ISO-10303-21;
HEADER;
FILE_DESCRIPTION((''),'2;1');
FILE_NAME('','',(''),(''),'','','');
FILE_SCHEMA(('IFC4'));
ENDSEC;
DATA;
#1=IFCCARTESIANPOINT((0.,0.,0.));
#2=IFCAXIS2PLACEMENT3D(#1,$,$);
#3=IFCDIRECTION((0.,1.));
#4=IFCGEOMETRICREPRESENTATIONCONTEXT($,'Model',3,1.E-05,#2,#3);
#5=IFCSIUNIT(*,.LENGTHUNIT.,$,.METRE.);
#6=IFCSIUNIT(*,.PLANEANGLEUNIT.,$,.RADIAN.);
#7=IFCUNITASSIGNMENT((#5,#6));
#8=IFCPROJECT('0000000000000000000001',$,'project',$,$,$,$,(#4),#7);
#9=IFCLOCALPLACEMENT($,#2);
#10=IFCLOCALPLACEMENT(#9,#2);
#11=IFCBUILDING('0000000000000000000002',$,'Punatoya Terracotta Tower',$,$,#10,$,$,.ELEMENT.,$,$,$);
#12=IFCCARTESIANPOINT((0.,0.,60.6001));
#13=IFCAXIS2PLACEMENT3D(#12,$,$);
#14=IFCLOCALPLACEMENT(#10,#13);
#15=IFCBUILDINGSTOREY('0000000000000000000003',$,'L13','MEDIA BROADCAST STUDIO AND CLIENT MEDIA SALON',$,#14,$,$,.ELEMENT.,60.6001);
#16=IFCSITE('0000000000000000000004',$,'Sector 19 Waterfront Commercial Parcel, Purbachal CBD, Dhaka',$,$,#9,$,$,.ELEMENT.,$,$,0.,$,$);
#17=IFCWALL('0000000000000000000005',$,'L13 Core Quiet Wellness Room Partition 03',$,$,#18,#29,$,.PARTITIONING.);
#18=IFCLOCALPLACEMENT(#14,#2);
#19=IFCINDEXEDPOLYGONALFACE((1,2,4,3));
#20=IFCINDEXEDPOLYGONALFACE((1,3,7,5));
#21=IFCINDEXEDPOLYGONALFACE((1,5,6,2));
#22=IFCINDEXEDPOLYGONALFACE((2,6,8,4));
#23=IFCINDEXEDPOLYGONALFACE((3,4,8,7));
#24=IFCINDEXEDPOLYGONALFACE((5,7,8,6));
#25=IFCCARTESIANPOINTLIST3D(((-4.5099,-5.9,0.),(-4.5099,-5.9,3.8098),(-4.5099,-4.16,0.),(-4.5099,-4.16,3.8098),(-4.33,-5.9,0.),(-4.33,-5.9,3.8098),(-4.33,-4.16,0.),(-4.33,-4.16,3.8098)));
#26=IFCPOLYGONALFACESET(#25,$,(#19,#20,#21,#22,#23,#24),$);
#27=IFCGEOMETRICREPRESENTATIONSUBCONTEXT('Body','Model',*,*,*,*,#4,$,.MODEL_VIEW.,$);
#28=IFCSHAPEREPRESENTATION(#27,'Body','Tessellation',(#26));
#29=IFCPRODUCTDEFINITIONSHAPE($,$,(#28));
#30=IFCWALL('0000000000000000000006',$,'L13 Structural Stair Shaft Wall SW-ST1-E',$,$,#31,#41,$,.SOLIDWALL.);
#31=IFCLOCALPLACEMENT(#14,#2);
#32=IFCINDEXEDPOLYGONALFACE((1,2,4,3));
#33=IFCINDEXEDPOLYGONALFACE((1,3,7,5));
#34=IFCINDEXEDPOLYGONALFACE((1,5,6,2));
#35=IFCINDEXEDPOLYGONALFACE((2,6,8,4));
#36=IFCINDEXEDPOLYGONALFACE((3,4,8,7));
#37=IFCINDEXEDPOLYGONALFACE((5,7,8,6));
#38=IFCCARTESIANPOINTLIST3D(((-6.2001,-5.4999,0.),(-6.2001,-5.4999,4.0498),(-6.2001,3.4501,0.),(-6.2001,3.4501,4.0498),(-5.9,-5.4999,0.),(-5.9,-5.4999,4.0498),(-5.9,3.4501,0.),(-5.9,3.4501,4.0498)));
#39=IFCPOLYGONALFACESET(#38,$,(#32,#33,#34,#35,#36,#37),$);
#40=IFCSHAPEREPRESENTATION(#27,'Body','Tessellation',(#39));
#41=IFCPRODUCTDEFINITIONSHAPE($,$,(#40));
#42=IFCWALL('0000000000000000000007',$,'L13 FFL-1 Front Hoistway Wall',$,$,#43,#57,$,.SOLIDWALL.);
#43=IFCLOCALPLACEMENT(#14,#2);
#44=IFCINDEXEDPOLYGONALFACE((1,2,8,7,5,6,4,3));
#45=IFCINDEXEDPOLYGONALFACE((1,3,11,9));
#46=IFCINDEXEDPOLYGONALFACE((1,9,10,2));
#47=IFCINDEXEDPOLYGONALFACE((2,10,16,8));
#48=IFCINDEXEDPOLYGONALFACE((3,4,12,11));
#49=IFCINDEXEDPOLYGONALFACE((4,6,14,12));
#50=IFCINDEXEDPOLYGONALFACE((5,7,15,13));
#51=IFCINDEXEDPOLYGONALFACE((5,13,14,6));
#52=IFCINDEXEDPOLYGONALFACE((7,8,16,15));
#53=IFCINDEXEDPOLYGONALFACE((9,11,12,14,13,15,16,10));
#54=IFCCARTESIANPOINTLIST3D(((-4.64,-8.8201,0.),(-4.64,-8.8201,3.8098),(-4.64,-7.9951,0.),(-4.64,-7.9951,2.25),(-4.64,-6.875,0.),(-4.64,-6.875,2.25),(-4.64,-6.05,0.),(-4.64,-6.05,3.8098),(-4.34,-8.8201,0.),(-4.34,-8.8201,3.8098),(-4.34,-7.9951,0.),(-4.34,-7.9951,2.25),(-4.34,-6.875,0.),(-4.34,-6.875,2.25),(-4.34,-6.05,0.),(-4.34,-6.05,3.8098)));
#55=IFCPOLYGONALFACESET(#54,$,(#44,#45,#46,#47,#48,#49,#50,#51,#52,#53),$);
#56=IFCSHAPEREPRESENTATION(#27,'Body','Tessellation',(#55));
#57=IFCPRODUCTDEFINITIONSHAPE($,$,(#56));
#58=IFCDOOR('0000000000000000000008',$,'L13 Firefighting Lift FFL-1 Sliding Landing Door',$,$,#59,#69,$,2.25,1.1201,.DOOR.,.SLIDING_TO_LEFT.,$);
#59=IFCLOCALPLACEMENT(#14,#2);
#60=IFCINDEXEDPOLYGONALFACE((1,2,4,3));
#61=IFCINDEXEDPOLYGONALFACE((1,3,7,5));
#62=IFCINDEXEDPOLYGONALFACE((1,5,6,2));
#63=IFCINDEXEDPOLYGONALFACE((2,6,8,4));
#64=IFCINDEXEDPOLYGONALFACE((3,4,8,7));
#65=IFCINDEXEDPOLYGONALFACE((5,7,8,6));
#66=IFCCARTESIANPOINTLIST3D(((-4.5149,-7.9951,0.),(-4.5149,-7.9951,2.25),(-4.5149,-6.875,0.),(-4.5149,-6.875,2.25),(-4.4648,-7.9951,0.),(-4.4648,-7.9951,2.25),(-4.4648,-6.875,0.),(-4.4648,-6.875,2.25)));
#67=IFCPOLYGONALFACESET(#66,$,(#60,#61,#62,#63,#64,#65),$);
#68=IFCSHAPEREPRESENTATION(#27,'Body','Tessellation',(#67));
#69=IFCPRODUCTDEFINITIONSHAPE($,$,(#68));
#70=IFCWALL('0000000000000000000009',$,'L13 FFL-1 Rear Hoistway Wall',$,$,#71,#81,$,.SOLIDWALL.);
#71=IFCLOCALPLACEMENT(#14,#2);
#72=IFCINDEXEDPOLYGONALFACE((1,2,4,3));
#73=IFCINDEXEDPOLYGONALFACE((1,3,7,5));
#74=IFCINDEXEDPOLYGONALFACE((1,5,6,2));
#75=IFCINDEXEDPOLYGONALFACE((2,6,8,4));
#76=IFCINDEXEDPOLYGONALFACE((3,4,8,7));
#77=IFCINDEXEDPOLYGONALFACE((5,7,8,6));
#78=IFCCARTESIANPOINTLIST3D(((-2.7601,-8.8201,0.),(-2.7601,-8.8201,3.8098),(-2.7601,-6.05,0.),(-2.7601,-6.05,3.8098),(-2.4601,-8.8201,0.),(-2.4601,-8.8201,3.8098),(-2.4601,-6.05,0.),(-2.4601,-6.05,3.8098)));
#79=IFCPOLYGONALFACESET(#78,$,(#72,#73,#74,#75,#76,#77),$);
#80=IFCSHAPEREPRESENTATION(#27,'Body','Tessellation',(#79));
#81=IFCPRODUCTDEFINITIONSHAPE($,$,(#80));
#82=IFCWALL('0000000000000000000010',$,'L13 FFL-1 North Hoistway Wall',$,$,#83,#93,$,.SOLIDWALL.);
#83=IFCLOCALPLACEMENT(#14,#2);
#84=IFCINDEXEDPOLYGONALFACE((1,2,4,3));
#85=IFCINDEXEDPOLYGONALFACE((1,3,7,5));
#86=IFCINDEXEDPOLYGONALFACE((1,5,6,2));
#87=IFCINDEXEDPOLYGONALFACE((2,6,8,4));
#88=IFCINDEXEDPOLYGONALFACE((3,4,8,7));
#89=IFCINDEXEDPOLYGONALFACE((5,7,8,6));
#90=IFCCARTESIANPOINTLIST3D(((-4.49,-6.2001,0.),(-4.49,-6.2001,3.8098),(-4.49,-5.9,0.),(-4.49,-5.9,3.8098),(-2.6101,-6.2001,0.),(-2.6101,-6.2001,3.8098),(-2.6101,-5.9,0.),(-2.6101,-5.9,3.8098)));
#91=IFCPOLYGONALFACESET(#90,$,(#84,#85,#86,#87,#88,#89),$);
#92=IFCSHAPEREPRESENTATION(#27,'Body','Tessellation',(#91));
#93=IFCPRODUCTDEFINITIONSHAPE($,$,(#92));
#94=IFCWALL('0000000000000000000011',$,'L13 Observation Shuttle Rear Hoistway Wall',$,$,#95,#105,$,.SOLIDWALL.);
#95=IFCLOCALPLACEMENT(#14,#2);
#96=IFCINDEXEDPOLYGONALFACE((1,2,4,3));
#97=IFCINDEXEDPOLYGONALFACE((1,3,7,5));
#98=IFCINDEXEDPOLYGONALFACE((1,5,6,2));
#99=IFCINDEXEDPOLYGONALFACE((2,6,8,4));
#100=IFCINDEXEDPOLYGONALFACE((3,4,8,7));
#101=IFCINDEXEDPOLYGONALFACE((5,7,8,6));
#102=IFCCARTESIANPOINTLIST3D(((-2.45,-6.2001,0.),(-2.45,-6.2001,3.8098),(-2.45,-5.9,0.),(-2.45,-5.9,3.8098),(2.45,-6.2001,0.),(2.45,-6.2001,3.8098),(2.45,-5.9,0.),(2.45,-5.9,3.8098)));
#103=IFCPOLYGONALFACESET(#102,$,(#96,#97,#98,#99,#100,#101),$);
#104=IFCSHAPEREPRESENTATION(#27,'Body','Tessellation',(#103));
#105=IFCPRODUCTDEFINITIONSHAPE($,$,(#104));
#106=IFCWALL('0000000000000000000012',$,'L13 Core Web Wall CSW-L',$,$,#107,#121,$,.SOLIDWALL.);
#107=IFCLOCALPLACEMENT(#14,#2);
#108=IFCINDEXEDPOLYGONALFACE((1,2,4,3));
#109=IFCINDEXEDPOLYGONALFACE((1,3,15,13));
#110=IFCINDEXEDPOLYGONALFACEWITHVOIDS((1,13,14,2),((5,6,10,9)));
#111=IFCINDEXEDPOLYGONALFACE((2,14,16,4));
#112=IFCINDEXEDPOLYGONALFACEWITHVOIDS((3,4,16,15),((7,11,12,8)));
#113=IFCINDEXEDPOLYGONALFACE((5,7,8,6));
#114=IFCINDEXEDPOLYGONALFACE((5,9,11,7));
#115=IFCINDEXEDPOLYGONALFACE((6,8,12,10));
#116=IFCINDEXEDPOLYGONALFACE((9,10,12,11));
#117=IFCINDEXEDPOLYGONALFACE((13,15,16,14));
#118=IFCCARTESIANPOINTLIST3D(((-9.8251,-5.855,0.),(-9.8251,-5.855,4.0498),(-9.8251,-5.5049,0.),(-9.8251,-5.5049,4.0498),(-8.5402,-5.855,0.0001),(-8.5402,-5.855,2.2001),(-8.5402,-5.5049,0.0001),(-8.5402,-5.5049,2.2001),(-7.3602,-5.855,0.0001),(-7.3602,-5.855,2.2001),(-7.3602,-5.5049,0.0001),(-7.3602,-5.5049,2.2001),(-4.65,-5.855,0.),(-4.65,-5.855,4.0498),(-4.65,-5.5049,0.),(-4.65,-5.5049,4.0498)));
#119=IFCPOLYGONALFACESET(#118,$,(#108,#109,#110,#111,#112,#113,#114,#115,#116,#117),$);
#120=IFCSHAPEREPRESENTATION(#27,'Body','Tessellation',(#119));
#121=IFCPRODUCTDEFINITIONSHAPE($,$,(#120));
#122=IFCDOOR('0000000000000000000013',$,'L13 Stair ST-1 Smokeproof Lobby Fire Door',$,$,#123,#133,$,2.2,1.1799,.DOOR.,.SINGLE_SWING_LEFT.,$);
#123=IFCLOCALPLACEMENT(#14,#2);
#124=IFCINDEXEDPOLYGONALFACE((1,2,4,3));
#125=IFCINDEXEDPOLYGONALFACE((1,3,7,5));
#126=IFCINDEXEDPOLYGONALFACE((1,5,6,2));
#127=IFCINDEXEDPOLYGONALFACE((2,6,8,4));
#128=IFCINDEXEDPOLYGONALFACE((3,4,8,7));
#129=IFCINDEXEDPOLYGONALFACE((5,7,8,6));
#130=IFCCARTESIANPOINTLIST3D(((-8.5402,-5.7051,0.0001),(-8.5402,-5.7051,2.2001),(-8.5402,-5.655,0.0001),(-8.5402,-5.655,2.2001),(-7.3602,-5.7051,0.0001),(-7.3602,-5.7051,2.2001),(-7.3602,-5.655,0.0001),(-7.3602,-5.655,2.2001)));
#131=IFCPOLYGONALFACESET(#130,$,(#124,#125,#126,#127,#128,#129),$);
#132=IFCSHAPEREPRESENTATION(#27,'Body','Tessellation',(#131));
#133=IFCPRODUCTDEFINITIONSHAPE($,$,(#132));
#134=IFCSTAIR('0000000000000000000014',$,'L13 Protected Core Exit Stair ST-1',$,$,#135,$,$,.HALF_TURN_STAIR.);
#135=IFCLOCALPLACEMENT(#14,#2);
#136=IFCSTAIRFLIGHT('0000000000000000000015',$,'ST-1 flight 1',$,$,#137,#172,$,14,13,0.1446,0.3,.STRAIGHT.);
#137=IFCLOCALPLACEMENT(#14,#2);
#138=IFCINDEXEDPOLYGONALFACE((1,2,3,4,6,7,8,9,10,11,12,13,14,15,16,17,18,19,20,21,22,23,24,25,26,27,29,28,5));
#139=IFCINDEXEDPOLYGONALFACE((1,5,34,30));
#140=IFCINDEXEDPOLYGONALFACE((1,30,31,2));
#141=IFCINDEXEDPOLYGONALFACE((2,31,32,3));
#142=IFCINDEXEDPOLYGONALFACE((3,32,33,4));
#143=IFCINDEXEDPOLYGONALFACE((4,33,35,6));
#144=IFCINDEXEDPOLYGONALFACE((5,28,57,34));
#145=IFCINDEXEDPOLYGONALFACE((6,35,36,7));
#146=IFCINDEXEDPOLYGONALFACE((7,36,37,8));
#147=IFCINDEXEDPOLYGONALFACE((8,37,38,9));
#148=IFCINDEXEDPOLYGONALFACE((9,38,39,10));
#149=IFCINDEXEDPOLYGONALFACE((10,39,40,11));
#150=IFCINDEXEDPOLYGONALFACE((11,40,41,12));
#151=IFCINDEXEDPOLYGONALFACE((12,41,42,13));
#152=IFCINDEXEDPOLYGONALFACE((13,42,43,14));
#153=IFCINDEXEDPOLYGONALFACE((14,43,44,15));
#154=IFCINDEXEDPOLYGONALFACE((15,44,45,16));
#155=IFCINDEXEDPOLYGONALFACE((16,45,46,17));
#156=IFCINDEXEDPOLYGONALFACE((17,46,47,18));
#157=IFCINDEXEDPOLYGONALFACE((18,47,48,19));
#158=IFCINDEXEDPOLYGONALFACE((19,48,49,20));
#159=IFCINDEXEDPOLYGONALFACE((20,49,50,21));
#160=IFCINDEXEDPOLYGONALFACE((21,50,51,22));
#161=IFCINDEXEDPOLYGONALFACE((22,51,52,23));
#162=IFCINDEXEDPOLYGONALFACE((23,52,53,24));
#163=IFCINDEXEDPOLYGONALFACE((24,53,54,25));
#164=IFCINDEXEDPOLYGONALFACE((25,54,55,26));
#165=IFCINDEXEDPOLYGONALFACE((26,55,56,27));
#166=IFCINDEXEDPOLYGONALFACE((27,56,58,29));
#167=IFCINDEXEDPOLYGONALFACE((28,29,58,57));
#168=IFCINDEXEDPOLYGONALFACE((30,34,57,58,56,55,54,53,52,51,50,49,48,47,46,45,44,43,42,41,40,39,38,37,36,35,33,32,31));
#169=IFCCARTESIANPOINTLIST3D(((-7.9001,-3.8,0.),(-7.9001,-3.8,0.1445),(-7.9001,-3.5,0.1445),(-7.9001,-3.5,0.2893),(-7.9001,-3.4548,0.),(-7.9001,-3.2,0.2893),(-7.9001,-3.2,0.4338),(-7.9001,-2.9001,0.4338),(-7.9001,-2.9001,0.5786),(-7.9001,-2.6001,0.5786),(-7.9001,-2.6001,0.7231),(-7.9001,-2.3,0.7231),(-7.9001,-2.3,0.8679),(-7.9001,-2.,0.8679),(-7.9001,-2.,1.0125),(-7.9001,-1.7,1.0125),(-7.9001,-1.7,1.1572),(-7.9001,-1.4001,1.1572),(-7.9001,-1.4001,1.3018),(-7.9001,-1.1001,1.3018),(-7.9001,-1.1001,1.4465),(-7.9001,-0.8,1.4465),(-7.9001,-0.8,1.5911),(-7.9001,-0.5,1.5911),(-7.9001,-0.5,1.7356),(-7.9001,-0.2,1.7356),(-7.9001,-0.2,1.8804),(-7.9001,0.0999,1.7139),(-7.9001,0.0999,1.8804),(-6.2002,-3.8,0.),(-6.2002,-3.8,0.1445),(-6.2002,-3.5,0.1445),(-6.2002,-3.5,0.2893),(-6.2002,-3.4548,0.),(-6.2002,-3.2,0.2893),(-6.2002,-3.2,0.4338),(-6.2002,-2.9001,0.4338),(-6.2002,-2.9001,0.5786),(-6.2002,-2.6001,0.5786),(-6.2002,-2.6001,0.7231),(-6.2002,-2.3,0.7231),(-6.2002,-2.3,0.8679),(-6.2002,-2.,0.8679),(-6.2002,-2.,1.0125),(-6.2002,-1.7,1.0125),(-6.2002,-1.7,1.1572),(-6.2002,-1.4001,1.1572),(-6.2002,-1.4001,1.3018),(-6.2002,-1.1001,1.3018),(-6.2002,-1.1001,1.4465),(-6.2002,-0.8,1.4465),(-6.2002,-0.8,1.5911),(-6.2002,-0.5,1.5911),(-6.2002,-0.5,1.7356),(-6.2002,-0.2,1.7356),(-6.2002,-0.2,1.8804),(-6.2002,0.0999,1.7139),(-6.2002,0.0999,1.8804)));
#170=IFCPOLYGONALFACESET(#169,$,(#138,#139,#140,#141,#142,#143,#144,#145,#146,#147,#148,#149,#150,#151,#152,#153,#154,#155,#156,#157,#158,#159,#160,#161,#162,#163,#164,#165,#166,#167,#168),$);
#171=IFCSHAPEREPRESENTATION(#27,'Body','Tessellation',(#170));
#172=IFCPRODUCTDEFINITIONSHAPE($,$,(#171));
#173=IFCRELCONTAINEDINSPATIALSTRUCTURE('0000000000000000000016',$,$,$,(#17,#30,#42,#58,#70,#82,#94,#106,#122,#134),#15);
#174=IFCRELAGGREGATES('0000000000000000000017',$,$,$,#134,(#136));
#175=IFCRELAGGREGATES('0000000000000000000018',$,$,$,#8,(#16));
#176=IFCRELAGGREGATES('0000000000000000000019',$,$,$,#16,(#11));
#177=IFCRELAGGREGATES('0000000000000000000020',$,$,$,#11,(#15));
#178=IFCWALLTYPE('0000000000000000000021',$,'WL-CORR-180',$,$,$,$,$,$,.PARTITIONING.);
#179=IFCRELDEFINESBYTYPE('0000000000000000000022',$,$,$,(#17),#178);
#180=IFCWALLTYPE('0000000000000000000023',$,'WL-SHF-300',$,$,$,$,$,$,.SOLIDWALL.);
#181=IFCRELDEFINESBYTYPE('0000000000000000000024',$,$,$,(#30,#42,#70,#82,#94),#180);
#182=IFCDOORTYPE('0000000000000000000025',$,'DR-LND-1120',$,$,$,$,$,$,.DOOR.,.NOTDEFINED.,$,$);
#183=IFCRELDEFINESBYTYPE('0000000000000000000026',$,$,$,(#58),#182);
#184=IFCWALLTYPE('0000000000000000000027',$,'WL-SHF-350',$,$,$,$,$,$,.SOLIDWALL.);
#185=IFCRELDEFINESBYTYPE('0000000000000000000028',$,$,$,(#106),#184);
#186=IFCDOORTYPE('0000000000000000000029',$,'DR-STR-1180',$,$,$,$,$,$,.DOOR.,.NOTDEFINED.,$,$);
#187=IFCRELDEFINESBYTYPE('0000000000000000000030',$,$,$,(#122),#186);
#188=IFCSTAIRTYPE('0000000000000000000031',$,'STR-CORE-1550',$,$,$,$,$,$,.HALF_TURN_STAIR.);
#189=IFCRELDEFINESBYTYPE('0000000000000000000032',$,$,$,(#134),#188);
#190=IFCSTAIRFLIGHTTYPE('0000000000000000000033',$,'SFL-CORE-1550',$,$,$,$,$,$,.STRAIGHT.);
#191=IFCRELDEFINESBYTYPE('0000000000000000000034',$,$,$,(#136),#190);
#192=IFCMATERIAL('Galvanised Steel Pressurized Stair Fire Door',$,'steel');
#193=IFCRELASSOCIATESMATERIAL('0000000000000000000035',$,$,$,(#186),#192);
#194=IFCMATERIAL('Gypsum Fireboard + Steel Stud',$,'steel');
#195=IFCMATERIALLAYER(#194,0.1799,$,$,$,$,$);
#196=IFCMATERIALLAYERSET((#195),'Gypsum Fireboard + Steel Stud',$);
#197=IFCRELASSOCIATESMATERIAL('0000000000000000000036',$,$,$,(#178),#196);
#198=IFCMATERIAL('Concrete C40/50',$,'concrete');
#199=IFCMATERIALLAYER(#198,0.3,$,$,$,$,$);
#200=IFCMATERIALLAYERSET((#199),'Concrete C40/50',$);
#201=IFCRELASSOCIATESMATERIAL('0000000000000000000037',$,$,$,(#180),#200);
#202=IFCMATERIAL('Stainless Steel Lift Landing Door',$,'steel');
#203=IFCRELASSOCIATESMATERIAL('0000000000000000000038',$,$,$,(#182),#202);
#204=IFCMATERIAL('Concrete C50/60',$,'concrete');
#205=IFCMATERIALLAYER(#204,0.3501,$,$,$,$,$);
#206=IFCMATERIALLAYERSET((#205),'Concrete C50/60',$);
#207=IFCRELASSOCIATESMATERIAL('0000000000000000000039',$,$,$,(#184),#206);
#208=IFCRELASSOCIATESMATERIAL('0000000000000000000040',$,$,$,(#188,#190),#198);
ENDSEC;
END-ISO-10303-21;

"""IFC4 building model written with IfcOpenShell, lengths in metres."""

from ifc_helpers import new_model, si_unit, direction, frame, frame_2d, origin, place, context, subcontext, project, spatial, polyline, rectangle, outline, extrude, material, layer, layer_set, type_object, element, fill, aggregate, save


model = new_model("IFC4")

# Units and contexts
model_context = context("Model", 3, precision=1e-05, world=origin(), true_north=direction((0.0, 1.0)))
body_context = subcontext(model_context, "Body", "Model", "MODEL_VIEW")
ifc_project = project(units=[si_unit("LENGTHUNIT", "METRE"), si_unit("PLANEANGLEUNIT", "RADIAN")], contexts=[model_context])

# Site, building, storey
site_placement = place(None, origin())
site = spatial("IfcSite", under=ifc_project, at=site_placement, Name="Sector 19 Waterfront Commercial Parcel, Purbachal CBD, Dhaka", CompositionType="ELEMENT", RefElevation=0.0)
building_placement = place(site_placement, origin())
building = spatial("IfcBuilding", under=site, at=building_placement, Name="Punatoya Terracotta Tower", CompositionType="ELEMENT")
storey_placement = place(building_placement, frame((0.0, 0.0, 60.6001)))
storey = spatial("IfcBuildingStorey", under=building, at=storey_placement, Name="L13", Description="MEDIA BROADCAST STUDIO AND CLIENT MEDIA SALON", CompositionType="ELEMENT", Elevation=60.6001)

# Shared definitions
ifc_material_1 = material(Name="Galvanised Steel Pressurized Stair Fire Door", Category="steel")
door_type_1 = type_object("IfcDoorType", Name="DR-STR-1180", OperationType="NOTDEFINED", PredefinedType="DOOR", material=ifc_material_1)

# Shared definitions
ifc_material_2 = material(Name="Gypsum Fireboard + Steel Stud", Category="steel")
ifc_layer_1 = layer(ifc_material_2, 0.1799)
ifc_layer_set_1 = layer_set([ifc_layer_1], Name="Gypsum Fireboard + Steel Stud")
wall_type_1 = type_object("IfcWallType", Name="WL-CORR-180", PredefinedType="PARTITIONING", material=ifc_layer_set_1)

# Walls
wall_1_placement = place(storey_placement, frame((-4.4199, -4.1599, 0.0), z_axis=(0.0, 0.0, 1.0), x_axis=(0.0, -1.0, 0.0)))
element("IfcWall", 1, at=wall_1_placement, inside=storey, type_object=wall_type_1, Name="L13 Core Quiet Wellness Room Partition 03", PredefinedType="PARTITIONING", context=body_context, shape_type="SweptSolid", body=[
    extrude(rectangle(XDim=1.74, YDim=0.1799, at=frame_2d((0.8701, 0.0))), origin(), (0.0, 0.0, 1.0), 3.8098),
])
ifc_material_3 = material(Name="Concrete C40/50", Category="concrete")
ifc_layer_2 = layer(ifc_material_3, 0.3)
ifc_layer_set_2 = layer_set([ifc_layer_2], Name="Concrete C40/50")
wall_type_2 = type_object("IfcWallType", Name="WL-SHF-300", PredefinedType="SOLIDWALL", material=ifc_layer_set_2)
wall_2_placement = place(storey_placement, frame((-6.05, -5.5, 0.0), z_axis=(0.0, 0.0, 1.0), x_axis=(0.0, 1.0, 0.0)))
element("IfcWall", 2, at=wall_2_placement, inside=storey, type_object=wall_type_2, Name="L13 Structural Stair Shaft Wall SW-ST1-E", PredefinedType="SOLIDWALL", context=body_context, shape_type="SweptSolid", body=[
    extrude(rectangle(XDim=8.95, YDim=0.3, at=frame_2d((4.4751, 0.0))), origin(), (0.0, 0.0, 1.0), 4.0498),
])

# Wall, opening, door
wall_3_placement = place(storey_placement, frame((-4.49, -8.8201, 0.0), z_axis=(0.0, 0.0, 1.0), x_axis=(0.0, 1.0, 0.0)))
wall_3 = element("IfcWall", 3, at=wall_3_placement, inside=storey, type_object=wall_type_2, Name="L13 FFL-1 Front Hoistway Wall", PredefinedType="SOLIDWALL", context=body_context, shape_type="SweptSolid", body=[
    extrude(rectangle(XDim=2.77, YDim=0.3, at=frame_2d((1.385, 0.0))), origin(), (0.0, 0.0, 1.0), 3.8098),
])
opening_1_placement = place(wall_3_placement, frame((0.825, 0.0, 0.0)))
opening_1 = element("IfcOpeningElement", 4, at=opening_1_placement, cuts=wall_3, PredefinedType="OPENING", context=body_context, shape_type="SweptSolid", body=[
    extrude(rectangle(XDim=1.1201, YDim=2.25, at=frame_2d((0.5601, 1.125))), frame((0.0, 0.1599, 0.0), z_axis=(0.0, -1.0, 0.0), x_axis=(1.0, 0.0, 0.0)), (0.0, 0.0, 1.0), 0.3201),
])
ifc_material_4 = material(Name="Stainless Steel Lift Landing Door", Category="steel")
door_type_2 = type_object("IfcDoorType", Name="DR-LND-1120", OperationType="NOTDEFINED", PredefinedType="DOOR", material=ifc_material_4)
door_1_placement = place(opening_1_placement, origin())
door_1 = element("IfcDoor", 5, at=door_1_placement, inside=storey, type_object=door_type_2, Name="L13 Firefighting Lift FFL-1 Sliding Landing Door", OperationType="SLIDING_TO_LEFT", OverallHeight=2.25, OverallWidth=1.1201, PredefinedType="DOOR", context=body_context, shape_type="SweptSolid", body=[
    extrude(rectangle(XDim=1.1201, YDim=2.25, at=frame_2d((0.5601, 1.125))), frame((0.0, 0.0249, 0.0), z_axis=(0.0, -1.0, 0.0), x_axis=(1.0, 0.0, 0.0)), (0.0, 0.0, 1.0), 0.05),
])
fill(opening_1, door_1)

# Walls
wall_4_placement = place(storey_placement, frame((-2.6101, -8.8201, 0.0), z_axis=(0.0, 0.0, 1.0), x_axis=(0.0, 1.0, 0.0)))
element("IfcWall", 6, at=wall_4_placement, inside=storey, type_object=wall_type_2, Name="L13 FFL-1 Rear Hoistway Wall", PredefinedType="SOLIDWALL", context=body_context, shape_type="SweptSolid", body=[
    extrude(rectangle(XDim=2.77, YDim=0.3, at=frame_2d((1.385, 0.0))), origin(), (0.0, 0.0, 1.0), 3.8098),
])
wall_5_placement = place(storey_placement, frame((-4.49, -6.05, 0.0), z_axis=(0.0, 0.0, 1.0), x_axis=(1.0, 0.0, 0.0)))
element("IfcWall", 7, at=wall_5_placement, inside=storey, type_object=wall_type_2, Name="L13 FFL-1 North Hoistway Wall", PredefinedType="SOLIDWALL", context=body_context, shape_type="SweptSolid", body=[
    extrude(rectangle(XDim=1.8799, YDim=0.3, at=frame_2d((0.9399, 0.0))), origin(), (0.0, 0.0, 1.0), 3.8098),
])
wall_6_placement = place(storey_placement, frame((-2.45, -6.05, 0.0), z_axis=(0.0, 0.0, 1.0), x_axis=(1.0, 0.0, 0.0)))
element("IfcWall", 8, at=wall_6_placement, inside=storey, type_object=wall_type_2, Name="L13 Observation Shuttle Rear Hoistway Wall", PredefinedType="SOLIDWALL", context=body_context, shape_type="SweptSolid", body=[
    extrude(rectangle(XDim=4.8999, YDim=0.3, at=frame_2d((2.45, 0.0))), origin(), (0.0, 0.0, 1.0), 3.8098),
])

# Wall, opening, door
ifc_material_5 = material(Name="Concrete C50/60", Category="concrete")
ifc_layer_3 = layer(ifc_material_5, 0.3501)
ifc_layer_set_3 = layer_set([ifc_layer_3], Name="Concrete C50/60")
wall_type_3 = type_object("IfcWallType", Name="WL-SHF-350", PredefinedType="SOLIDWALL", material=ifc_layer_set_3)
wall_7_placement = place(storey_placement, frame((-9.825, -5.6799, 0.0), z_axis=(0.0, 0.0, 1.0), x_axis=(1.0, 0.0, 0.0)))
wall_7 = element("IfcWall", 9, at=wall_7_placement, inside=storey, type_object=wall_type_3, Name="L13 Core Web Wall CSW-L", PredefinedType="SOLIDWALL", context=body_context, shape_type="SweptSolid", body=[
    extrude(rectangle(XDim=5.175, YDim=0.3501, at=frame_2d((2.5874, 0.0))), origin(), (0.0, 0.0, 1.0), 4.0498),
])
opening_2_placement = place(wall_7_placement, frame((1.2849, 0.0, 0.0)))
opening_2 = element("IfcOpeningElement", 10, at=opening_2_placement, cuts=wall_7, PredefinedType="OPENING", context=body_context, shape_type="SweptSolid", body=[
    extrude(rectangle(XDim=1.1799, YDim=2.2, at=frame_2d((0.5898, 1.1001))), frame((0.0, 0.1851, 0.0), z_axis=(0.0, -1.0, 0.0), x_axis=(1.0, 0.0, 0.0)), (0.0, 0.0, 1.0), 0.3701),
])
door_2_placement = place(opening_2_placement, origin())
door_2 = element("IfcDoor", 11, at=door_2_placement, inside=storey, type_object=door_type_1, Name="L13 Stair ST-1 Smokeproof Lobby Fire Door", OperationType="SINGLE_SWING_LEFT", OverallHeight=2.2, OverallWidth=1.1799, PredefinedType="DOOR", context=body_context, shape_type="SweptSolid", body=[
    extrude(rectangle(XDim=1.1799, YDim=2.2, at=frame_2d((0.5898, 1.1001))), frame((0.0, 0.0249, 0.0), z_axis=(0.0, -1.0, 0.0), x_axis=(1.0, 0.0, 0.0)), (0.0, 0.0, 1.0), 0.05),
])
fill(opening_2, door_2)

# Stair, stair flight
stair_type = type_object("IfcStairType", Name="STR-CORE-1550", PredefinedType="HALF_TURN_STAIR", material=ifc_material_3)
stair_placement = place(storey_placement, origin())
stair = element("IfcStair", 12, at=stair_placement, inside=storey, type_object=stair_type, Name="L13 Protected Core Exit Stair ST-1", PredefinedType="HALF_TURN_STAIR")
stair_flight_type = type_object("IfcStairFlightType", Name="SFL-CORE-1550", PredefinedType="STRAIGHT", material=ifc_material_3)
stair_flight_placement = place(storey_placement, frame((-7.05, -3.8, 0.0), z_axis=(0.0, 0.0, 1.0), x_axis=(0.0, 1.0, 0.0)))
stair_flight = element("IfcStairFlight", 13, at=stair_flight_placement, type_object=stair_flight_type, Name="ST-1 flight 1", NumberOfRisers=14, NumberOfTreads=13, PredefinedType="STRAIGHT", RiserHeight=0.1446, TreadLength=0.3, context=body_context, shape_type="SweptSolid", body=[
    extrude(outline(polyline([(0.0, 0.0), (0.0, 0.1445), (0.3, 0.1445), (0.3, 0.2893), (0.6001, 0.2893), (0.6001, 0.4338), (0.8999, 0.4338), (0.8999, 0.5786), (1.2, 0.5786), (1.2, 0.7231), (1.5, 0.7231), (1.5, 0.8679), (1.8, 0.8679), (1.8, 1.0125), (2.1001, 1.0125), (2.1001, 1.1572), (2.3999, 1.1572), (2.3999, 1.3018), (2.7, 1.3018), (2.7, 1.4465), (3.0, 1.4465), (3.0, 1.5911), (3.3, 1.5911), (3.3, 1.7356), (3.6001, 1.7356), (3.6001, 1.8804), (3.8999, 1.8804), (3.8999, 2.0249), (3.8999, 1.7139), (0.3452, 0.0), (0.0, 0.0)])), frame((0.0, 0.8501, 0.0), z_axis=(0.0, -1.0, 0.0), x_axis=(1.0, 0.0, 0.0)), (0.0, 0.0, 1.0), 1.7),
])
aggregate(stair, [stair_flight])

save(model, "model.ifc")
